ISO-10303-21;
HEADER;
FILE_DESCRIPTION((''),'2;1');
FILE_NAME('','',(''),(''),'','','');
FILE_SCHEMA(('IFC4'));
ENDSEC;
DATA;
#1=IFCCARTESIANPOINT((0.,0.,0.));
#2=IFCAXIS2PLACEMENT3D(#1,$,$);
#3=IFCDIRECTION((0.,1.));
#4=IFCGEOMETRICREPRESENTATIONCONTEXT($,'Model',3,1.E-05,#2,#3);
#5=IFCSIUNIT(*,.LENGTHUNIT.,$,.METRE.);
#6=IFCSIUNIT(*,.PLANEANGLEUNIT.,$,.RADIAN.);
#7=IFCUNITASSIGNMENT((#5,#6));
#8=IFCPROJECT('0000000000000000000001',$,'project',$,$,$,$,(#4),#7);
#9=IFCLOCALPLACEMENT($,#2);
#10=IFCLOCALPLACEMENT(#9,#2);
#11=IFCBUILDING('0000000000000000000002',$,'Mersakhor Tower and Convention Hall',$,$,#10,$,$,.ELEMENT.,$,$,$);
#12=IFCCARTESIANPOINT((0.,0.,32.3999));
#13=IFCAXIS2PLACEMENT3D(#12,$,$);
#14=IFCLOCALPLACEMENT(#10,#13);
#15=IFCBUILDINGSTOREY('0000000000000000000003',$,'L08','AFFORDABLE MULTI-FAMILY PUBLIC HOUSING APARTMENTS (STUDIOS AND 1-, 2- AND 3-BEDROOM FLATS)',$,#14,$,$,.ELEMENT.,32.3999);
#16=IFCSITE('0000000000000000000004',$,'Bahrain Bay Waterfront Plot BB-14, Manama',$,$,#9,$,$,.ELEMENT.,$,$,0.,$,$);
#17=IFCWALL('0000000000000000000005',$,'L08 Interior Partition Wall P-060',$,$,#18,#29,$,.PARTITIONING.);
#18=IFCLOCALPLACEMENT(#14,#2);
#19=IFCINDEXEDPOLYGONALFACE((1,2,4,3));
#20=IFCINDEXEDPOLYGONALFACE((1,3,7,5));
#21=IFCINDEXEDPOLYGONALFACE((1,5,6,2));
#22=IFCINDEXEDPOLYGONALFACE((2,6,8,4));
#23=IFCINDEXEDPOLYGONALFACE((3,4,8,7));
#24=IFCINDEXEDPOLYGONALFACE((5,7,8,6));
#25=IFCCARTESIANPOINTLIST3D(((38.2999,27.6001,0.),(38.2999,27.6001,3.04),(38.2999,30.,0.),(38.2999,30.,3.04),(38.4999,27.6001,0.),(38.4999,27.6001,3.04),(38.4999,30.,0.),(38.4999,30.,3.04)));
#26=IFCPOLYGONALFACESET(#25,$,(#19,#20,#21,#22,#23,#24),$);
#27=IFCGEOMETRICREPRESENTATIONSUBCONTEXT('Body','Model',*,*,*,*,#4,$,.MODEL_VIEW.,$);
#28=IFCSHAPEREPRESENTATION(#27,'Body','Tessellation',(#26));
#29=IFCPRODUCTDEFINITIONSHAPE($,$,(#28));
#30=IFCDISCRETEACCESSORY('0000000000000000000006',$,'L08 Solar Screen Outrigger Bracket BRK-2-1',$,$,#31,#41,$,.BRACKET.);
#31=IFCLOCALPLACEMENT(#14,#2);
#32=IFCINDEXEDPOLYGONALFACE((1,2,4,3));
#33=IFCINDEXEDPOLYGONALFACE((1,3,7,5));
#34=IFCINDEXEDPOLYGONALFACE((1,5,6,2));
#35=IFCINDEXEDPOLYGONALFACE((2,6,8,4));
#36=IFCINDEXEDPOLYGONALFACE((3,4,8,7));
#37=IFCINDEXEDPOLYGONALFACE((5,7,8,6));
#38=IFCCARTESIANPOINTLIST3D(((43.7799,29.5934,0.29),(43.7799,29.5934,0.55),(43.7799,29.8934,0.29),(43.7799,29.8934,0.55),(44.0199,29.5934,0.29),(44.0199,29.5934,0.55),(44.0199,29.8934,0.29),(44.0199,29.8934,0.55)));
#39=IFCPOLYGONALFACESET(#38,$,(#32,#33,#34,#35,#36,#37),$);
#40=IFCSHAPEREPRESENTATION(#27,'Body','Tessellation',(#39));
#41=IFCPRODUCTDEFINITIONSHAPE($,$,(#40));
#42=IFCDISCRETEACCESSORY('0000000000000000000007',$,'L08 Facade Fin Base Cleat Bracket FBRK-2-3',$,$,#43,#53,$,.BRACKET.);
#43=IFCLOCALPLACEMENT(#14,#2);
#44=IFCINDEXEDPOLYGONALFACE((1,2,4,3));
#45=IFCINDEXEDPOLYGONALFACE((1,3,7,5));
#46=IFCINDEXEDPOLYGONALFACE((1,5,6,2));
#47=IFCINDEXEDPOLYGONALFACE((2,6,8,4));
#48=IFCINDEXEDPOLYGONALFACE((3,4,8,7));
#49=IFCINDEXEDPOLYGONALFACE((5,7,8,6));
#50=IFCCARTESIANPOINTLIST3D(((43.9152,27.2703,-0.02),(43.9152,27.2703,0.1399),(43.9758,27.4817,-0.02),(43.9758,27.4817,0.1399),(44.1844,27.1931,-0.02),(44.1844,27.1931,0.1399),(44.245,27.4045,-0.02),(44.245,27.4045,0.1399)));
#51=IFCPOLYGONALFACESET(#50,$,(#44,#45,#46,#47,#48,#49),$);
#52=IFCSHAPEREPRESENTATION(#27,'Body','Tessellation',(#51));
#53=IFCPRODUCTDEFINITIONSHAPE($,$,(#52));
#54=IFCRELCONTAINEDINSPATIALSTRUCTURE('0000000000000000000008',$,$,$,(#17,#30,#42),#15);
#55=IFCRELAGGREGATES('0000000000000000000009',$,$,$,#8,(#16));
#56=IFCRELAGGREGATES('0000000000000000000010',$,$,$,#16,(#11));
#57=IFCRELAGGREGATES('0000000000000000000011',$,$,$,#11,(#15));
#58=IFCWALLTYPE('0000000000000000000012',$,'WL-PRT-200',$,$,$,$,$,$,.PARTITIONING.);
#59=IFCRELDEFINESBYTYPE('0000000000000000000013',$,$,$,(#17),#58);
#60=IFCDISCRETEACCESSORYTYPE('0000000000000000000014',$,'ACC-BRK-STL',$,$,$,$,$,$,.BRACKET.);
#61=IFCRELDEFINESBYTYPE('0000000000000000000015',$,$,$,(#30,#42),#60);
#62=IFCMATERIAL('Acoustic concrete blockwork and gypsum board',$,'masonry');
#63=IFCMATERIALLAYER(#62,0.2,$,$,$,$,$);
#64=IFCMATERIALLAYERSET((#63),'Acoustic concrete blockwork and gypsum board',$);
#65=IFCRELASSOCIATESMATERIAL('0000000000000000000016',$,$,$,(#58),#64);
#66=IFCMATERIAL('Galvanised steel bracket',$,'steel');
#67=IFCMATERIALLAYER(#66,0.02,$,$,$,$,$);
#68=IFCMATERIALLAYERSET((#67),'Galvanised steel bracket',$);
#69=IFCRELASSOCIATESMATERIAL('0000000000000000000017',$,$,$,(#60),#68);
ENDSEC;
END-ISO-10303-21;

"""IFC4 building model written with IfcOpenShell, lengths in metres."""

from ifc_helpers import new_model, si_unit, direction, frame, frame_2d, origin, origin_2d, place, context, subcontext, project, spatial, rectangle, extrude, material, layer, layer_set, type_object, element, save


model = new_model("IFC4")

# Units and contexts
model_context = context("Model", 3, precision=1e-05, world=origin(), true_north=direction((0.0, 1.0)))
body_context = subcontext(model_context, "Body", "Model", "MODEL_VIEW")
ifc_project = project(units=[si_unit("LENGTHUNIT", "METRE"), si_unit("PLANEANGLEUNIT", "RADIAN")], contexts=[model_context])

# Site, building, storey
site_placement = place(None, origin())
site = spatial("IfcSite", under=ifc_project, at=site_placement, Name="Bahrain Bay Waterfront Plot BB-14, Manama", CompositionType="ELEMENT", RefElevation=0.0)
building_placement = place(site_placement, origin())
building = spatial("IfcBuilding", under=site, at=building_placement, Name="Mersakhor Tower and Convention Hall", CompositionType="ELEMENT")
storey_placement = place(building_placement, frame((0.0, 0.0, 32.3999)))
storey = spatial("IfcBuildingStorey", under=building, at=storey_placement, Name="L08", Description="AFFORDABLE MULTI-FAMILY PUBLIC HOUSING APARTMENTS (STUDIOS AND 1-, 2- AND 3-BEDROOM FLATS)", CompositionType="ELEMENT", Elevation=32.3999)

# Wall
ifc_material_1 = material(Name="Acoustic concrete blockwork and gypsum board", Category="masonry")
ifc_layer_1 = layer(ifc_material_1, 0.2)
ifc_layer_set_1 = layer_set([ifc_layer_1], Name="Acoustic concrete blockwork and gypsum board")
wall_type_1 = type_object("IfcWallType", Name="WL-PRT-200", PredefinedType="PARTITIONING", material=ifc_layer_set_1)
wall_1_placement = place(storey_placement, frame((38.3999, 30.0, 0.0), z_axis=(0.0, 0.0, 1.0), x_axis=(0.0, -1.0, 0.0)))
element("IfcWall", 1, at=wall_1_placement, inside=storey, type_object=wall_type_1, Name="L08 Interior Partition Wall P-060", PredefinedType="PARTITIONING", context=body_context, shape_type="SweptSolid", body=[
    extrude(rectangle(XDim=2.3999, YDim=0.2, at=frame_2d((1.2, 0.0))), origin(), (0.0, 0.0, 1.0), 3.04),
])

# Discrete accessories
ifc_material_2 = material(Name="Galvanised steel bracket", Category="steel")
ifc_layer_2 = layer(ifc_material_2, 0.02)
ifc_layer_set_2 = layer_set([ifc_layer_2], Name="Galvanised steel bracket")
discrete_accessory_type = type_object("IfcDiscreteAccessoryType", Name="ACC-BRK-STL", PredefinedType="BRACKET", material=ifc_layer_set_2)
discrete_accessory_1_placement = place(storey_placement, frame((43.8999, 29.7434, 0.29), z_axis=(0.0, 0.0, 1.0), x_axis=(0.0, -1.0, 0.0)))
element("IfcDiscreteAccessory", 2, at=discrete_accessory_1_placement, inside=storey, type_object=discrete_accessory_type, Name="L08 Solar Screen Outrigger Bracket BRK-2-1", PredefinedType="BRACKET", context=body_context, shape_type="SweptSolid", body=[
    extrude(rectangle(XDim=0.3, YDim=0.24, at=origin_2d()), origin(), (0.0, 0.0, 1.0), 0.26),
])
discrete_accessory_2_placement = place(storey_placement, frame((44.0801, 27.3374, -0.02), z_axis=(0.0, 0.0, 1.0), x_axis=(0.961262, -0.275637, 0.0)))
element("IfcDiscreteAccessory", 3, at=discrete_accessory_2_placement, inside=storey, type_object=discrete_accessory_type, Name="L08 Facade Fin Base Cleat Bracket FBRK-2-3", PredefinedType="BRACKET", context=body_context, shape_type="SweptSolid", body=[
    extrude(rectangle(XDim=0.28, YDim=0.22, at=origin_2d()), origin(), (0.0, 0.0, 1.0), 0.1599),
])

save(model, "model.ifc")
